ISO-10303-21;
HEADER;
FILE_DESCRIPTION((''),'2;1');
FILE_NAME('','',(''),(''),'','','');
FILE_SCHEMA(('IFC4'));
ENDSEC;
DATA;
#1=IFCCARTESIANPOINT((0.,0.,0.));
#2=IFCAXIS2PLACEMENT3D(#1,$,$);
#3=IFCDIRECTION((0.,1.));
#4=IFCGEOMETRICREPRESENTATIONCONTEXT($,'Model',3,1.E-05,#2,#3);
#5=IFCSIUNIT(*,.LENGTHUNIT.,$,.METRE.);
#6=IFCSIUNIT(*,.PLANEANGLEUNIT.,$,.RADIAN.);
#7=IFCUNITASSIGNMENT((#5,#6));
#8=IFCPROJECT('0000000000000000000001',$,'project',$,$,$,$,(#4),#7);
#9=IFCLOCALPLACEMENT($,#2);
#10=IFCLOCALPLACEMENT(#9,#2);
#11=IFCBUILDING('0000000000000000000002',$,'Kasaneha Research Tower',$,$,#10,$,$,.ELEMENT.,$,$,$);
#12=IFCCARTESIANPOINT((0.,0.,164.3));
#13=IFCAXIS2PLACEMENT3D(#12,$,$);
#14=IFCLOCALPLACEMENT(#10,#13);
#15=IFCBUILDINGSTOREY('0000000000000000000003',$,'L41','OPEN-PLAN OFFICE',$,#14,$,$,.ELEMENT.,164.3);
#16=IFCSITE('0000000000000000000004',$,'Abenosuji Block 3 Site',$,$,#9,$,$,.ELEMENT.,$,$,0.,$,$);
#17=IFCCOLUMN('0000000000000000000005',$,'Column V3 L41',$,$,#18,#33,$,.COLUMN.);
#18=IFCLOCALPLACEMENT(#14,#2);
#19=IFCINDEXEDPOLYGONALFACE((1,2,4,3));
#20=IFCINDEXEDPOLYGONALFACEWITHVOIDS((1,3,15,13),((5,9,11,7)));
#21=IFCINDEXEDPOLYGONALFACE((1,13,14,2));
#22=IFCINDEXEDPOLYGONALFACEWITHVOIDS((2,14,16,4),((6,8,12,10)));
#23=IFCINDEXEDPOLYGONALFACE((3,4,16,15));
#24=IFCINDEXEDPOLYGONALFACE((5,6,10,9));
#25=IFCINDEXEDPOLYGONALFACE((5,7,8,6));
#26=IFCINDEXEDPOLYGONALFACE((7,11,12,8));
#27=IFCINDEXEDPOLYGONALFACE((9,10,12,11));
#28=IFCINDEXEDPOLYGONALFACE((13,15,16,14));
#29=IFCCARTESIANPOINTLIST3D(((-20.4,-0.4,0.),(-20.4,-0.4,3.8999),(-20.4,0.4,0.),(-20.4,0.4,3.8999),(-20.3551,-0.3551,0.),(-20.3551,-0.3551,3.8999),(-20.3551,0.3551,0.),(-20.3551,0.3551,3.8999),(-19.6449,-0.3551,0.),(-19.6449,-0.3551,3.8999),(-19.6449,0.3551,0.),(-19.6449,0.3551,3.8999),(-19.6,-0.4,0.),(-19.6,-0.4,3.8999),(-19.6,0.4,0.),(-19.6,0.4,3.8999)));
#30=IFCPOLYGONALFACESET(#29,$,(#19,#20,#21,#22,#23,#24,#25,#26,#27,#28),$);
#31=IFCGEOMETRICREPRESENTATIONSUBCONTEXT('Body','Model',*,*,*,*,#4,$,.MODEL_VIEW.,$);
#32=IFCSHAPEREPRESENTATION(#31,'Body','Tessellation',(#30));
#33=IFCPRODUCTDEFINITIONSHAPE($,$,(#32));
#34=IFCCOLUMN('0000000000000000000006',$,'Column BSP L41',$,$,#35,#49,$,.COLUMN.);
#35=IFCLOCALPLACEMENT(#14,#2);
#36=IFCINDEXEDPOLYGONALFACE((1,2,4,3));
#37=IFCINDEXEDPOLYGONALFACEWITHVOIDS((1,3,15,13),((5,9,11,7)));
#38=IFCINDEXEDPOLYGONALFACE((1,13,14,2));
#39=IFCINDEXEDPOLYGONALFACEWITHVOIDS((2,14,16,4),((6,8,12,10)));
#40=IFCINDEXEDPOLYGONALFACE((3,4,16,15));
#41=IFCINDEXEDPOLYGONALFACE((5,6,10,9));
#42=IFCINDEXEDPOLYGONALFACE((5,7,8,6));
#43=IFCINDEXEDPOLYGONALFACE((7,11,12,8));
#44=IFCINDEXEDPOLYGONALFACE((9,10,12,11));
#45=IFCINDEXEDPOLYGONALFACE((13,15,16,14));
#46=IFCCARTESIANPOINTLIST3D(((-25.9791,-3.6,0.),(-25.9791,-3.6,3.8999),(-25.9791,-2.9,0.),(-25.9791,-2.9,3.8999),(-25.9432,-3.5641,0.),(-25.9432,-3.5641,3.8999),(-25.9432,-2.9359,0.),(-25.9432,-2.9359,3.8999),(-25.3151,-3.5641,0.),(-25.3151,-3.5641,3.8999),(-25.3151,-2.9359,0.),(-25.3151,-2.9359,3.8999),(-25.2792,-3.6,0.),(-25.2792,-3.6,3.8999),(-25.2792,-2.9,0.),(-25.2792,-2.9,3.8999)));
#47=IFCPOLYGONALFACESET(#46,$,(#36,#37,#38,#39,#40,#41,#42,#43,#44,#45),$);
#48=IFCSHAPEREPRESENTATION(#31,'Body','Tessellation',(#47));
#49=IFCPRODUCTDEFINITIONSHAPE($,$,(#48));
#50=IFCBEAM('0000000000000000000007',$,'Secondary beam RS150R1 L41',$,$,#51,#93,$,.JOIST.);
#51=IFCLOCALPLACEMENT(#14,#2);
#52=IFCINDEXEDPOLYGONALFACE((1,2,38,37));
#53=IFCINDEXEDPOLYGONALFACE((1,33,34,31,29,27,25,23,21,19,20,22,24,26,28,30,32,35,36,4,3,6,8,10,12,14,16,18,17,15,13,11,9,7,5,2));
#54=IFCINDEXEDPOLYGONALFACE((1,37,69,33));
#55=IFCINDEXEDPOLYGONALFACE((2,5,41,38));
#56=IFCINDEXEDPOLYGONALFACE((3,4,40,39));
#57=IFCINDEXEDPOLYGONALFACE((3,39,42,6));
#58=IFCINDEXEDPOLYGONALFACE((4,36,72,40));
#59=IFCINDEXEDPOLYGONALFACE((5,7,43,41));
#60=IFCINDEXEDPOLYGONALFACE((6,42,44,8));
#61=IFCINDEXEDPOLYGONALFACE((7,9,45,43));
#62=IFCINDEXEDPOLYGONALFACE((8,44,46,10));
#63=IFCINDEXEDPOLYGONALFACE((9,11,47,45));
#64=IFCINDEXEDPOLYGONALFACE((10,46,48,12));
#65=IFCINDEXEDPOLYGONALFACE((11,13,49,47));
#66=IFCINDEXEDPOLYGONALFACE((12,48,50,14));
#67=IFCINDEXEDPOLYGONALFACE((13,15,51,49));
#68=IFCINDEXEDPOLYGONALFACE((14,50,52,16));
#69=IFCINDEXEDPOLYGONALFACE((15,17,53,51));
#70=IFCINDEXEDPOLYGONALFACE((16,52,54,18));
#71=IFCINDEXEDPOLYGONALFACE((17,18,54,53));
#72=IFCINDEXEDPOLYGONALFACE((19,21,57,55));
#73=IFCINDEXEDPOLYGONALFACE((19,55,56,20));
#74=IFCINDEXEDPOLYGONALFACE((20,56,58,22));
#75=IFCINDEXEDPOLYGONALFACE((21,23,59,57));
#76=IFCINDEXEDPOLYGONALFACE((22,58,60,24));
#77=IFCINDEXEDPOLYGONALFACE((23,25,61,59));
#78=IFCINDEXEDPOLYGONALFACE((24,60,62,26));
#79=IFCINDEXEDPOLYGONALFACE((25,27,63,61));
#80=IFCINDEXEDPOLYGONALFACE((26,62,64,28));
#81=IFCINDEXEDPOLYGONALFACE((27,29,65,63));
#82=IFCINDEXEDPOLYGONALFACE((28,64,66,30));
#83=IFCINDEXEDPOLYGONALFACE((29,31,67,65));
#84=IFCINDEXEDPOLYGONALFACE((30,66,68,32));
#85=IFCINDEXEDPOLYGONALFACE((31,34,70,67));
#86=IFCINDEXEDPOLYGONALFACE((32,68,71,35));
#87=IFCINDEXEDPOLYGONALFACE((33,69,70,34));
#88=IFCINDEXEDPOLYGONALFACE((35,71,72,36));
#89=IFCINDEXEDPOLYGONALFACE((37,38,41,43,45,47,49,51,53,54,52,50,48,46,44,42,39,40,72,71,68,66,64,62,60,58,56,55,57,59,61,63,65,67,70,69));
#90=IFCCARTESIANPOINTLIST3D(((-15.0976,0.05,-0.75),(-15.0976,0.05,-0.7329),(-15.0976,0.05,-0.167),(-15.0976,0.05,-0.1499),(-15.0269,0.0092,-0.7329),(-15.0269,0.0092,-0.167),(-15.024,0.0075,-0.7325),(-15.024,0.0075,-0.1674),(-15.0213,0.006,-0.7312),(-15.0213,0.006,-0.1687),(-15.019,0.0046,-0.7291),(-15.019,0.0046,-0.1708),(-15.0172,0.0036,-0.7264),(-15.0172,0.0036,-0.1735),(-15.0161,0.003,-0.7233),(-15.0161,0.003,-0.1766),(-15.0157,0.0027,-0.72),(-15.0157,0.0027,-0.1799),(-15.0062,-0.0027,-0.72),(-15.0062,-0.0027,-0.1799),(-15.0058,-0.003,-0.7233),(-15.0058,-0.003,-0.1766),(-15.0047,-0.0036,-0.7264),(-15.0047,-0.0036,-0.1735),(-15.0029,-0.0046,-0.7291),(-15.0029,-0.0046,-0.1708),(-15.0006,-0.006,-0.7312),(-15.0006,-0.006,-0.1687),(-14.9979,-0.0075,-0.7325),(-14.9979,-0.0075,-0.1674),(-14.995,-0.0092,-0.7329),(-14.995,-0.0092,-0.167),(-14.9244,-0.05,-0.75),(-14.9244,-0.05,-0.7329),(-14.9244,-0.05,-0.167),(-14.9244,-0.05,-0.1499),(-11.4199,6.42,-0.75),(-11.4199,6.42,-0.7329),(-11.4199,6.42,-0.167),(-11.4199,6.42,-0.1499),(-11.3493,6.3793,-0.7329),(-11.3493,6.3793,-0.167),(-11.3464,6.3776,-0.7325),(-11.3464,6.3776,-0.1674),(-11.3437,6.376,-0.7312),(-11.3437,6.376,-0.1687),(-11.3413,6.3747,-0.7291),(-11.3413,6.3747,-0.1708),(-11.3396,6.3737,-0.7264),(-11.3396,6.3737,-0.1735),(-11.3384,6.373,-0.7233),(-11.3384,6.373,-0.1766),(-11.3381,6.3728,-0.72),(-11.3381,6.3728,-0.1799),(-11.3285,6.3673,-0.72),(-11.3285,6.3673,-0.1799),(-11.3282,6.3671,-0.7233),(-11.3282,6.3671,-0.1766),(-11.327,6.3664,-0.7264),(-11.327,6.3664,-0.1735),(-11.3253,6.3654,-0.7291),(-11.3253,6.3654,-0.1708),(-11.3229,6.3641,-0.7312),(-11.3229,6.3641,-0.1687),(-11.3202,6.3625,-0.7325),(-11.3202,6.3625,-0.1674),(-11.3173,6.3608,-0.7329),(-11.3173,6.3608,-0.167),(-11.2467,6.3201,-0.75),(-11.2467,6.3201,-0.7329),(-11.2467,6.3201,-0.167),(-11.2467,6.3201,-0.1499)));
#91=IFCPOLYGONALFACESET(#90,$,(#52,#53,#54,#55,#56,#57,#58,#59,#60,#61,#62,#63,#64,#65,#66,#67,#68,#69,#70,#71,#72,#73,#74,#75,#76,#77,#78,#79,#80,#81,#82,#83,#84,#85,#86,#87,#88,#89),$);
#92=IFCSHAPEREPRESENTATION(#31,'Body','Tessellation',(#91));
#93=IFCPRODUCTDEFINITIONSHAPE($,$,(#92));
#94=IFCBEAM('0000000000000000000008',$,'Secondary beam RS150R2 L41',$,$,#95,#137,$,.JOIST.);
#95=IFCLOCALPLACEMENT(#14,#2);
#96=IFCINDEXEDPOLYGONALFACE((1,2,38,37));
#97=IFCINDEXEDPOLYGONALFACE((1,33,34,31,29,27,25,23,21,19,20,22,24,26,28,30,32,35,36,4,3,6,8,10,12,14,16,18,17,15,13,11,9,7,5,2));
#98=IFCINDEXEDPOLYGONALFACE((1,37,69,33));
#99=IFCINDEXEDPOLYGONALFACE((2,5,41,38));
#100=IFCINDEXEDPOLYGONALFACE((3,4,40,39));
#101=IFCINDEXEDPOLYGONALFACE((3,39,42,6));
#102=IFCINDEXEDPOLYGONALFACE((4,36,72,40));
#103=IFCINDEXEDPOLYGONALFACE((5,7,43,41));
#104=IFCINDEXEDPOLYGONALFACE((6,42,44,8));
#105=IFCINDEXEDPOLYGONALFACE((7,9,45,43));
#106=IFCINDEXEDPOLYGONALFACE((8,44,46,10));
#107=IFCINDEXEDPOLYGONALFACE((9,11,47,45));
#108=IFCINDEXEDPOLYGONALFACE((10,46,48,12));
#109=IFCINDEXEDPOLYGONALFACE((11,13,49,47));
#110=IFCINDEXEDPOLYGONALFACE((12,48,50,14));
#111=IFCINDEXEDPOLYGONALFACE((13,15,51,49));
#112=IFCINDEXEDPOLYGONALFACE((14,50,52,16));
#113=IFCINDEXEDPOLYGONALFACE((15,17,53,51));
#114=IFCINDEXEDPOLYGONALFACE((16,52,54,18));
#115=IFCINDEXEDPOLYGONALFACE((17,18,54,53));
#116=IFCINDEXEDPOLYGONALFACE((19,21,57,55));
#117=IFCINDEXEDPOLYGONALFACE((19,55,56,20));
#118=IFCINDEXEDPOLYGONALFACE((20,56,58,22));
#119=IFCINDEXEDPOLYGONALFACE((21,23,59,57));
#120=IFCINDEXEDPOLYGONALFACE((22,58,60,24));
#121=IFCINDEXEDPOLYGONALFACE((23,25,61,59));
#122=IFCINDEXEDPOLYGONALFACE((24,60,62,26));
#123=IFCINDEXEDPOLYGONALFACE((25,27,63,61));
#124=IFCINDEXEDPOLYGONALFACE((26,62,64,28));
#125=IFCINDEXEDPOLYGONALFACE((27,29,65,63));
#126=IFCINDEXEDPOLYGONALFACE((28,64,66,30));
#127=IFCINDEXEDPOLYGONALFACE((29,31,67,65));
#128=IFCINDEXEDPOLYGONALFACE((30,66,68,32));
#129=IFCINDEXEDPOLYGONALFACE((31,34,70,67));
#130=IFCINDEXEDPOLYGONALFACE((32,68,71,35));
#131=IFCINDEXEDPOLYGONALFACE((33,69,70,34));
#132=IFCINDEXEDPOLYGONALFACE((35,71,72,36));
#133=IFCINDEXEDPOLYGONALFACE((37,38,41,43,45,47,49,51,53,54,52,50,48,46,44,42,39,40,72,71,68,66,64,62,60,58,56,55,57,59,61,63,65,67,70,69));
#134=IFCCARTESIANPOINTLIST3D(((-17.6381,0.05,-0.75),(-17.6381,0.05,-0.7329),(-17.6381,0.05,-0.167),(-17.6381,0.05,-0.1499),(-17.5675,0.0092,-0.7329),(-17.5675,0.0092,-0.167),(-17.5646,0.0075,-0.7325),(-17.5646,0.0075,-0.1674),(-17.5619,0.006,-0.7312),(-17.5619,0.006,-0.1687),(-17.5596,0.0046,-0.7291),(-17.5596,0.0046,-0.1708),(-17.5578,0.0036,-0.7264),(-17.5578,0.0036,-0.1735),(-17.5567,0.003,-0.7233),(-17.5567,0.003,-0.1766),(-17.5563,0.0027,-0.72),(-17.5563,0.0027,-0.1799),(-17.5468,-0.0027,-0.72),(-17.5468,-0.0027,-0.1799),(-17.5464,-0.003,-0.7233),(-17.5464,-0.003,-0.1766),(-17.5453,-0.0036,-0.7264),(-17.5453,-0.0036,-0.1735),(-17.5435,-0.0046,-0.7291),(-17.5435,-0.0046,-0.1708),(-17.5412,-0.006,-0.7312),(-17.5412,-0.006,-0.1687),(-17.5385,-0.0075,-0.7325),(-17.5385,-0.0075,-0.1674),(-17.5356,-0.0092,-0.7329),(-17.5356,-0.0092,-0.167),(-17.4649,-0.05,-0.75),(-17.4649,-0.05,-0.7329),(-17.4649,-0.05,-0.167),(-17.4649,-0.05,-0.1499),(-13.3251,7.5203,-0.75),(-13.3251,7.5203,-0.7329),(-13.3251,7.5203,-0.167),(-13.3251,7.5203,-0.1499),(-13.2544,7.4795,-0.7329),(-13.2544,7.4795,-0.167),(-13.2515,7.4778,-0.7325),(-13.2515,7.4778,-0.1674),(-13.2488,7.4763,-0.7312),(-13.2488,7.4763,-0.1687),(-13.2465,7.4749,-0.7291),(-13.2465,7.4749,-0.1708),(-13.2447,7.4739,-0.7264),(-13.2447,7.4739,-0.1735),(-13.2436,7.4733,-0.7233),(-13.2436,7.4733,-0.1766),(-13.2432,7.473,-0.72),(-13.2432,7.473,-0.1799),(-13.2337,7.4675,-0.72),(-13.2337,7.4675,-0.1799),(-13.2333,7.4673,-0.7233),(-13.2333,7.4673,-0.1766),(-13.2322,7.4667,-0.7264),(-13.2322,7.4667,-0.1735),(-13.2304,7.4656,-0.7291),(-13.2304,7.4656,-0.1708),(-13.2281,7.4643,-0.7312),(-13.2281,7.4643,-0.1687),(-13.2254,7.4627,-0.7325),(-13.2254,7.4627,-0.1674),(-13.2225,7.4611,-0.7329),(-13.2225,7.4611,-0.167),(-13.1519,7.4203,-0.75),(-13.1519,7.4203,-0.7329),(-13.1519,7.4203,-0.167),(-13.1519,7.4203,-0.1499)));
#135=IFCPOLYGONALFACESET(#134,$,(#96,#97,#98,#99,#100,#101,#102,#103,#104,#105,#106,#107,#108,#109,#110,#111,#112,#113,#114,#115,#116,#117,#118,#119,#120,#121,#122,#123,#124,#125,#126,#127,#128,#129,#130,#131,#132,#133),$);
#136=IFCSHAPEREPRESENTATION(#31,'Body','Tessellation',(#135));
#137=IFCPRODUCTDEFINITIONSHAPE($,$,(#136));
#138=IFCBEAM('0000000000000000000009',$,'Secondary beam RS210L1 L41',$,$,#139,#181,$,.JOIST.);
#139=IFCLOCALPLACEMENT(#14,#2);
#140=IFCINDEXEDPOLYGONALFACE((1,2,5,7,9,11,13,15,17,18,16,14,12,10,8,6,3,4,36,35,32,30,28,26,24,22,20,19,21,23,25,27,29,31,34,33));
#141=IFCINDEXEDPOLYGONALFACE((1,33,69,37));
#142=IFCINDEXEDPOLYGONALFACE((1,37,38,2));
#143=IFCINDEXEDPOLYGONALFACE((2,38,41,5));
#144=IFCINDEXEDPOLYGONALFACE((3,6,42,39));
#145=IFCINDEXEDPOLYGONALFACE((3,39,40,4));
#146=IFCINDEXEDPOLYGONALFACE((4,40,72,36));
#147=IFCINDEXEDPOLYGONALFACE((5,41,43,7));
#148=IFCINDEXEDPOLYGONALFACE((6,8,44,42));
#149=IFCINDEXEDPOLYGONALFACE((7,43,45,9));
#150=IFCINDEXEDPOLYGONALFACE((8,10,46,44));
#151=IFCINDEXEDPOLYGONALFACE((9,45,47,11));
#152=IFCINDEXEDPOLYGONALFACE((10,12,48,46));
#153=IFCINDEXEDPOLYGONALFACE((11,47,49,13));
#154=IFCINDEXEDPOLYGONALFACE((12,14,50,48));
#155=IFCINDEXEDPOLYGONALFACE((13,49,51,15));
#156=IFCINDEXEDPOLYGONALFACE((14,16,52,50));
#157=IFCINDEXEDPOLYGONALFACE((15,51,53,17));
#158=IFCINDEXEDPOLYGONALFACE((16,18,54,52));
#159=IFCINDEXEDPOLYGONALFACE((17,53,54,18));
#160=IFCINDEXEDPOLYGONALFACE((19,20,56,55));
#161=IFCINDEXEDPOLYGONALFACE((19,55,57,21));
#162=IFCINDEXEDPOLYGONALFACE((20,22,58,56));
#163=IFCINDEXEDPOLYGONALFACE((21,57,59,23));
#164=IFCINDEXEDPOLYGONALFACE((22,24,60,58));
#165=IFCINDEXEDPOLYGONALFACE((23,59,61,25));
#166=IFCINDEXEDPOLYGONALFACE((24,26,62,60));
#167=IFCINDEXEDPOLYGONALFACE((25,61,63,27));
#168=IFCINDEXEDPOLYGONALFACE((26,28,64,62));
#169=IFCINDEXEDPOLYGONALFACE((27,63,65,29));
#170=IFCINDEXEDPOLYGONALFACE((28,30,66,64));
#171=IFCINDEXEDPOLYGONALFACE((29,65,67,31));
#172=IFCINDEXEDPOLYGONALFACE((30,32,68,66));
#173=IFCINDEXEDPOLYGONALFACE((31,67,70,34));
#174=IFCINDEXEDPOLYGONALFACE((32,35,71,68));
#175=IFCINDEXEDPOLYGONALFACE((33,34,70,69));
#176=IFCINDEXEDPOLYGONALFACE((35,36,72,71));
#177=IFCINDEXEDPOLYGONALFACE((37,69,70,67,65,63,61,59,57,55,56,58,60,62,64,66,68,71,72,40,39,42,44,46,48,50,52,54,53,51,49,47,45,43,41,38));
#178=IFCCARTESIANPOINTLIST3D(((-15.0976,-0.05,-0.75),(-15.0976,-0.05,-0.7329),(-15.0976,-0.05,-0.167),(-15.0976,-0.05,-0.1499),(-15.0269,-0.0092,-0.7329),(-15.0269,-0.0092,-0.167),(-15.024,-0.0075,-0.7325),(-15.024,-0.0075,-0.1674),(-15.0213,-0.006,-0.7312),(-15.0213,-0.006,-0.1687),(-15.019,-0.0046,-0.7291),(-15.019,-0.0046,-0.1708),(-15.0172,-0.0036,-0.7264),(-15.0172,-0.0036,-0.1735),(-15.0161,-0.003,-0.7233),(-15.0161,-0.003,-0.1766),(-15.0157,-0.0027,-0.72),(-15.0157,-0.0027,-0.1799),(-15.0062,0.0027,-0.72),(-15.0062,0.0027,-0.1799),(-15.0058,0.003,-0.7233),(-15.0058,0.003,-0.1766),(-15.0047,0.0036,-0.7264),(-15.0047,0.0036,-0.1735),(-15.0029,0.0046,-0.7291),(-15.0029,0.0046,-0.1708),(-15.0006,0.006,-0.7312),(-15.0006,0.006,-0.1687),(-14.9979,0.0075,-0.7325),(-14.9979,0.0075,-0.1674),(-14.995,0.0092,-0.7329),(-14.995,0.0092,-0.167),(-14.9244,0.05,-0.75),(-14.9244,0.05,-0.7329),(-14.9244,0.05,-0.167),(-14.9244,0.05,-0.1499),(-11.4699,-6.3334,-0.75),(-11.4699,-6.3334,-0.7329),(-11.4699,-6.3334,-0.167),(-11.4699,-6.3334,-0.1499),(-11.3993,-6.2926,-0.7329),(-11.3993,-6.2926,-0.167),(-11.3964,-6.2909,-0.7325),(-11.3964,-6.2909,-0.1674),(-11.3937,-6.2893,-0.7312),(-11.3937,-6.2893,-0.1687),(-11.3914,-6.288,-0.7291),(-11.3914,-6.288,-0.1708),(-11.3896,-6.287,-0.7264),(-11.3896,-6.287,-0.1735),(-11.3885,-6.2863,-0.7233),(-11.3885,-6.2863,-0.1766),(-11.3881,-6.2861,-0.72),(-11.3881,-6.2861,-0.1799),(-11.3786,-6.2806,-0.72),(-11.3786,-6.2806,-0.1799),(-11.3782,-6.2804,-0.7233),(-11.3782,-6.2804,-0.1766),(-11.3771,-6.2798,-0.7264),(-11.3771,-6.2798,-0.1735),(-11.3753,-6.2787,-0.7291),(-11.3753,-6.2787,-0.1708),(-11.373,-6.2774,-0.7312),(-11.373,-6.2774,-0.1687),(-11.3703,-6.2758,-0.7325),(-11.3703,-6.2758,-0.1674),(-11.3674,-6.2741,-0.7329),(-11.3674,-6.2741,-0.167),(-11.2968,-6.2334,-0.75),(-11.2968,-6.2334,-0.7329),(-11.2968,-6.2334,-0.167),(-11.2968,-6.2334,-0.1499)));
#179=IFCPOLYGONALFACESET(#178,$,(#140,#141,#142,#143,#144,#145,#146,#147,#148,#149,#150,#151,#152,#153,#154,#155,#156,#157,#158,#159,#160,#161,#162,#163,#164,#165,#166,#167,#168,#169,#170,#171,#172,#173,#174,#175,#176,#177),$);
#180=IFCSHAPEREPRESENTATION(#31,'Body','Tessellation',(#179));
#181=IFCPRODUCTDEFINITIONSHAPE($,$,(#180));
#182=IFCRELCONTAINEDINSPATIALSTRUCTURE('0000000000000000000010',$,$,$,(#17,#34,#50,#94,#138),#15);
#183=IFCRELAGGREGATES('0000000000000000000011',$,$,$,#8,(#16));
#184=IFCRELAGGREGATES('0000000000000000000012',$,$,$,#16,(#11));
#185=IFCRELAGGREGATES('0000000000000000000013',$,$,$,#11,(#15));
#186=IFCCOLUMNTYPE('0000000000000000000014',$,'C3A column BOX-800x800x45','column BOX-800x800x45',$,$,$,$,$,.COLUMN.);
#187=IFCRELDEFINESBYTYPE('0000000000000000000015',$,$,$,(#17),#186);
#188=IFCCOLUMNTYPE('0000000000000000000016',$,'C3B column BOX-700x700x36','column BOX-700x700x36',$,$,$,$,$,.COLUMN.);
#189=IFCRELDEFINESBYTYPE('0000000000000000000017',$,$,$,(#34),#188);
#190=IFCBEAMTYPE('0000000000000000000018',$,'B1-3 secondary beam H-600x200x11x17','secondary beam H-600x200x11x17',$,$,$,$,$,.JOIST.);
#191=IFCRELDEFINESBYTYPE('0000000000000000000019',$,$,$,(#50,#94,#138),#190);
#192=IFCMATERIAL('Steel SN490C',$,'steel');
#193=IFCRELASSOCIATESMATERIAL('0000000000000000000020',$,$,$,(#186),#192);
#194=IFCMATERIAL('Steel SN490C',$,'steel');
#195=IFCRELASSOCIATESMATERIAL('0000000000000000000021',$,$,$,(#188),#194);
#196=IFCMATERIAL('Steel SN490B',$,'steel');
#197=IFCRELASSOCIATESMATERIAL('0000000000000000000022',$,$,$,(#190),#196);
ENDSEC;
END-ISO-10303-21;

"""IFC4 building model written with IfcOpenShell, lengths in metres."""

from ifc_helpers import new_model, si_unit, direction, frame, origin, origin_2d, place, context, subcontext, project, spatial, hollow_rectangle, i_section, extrude, material, material_profile, profile_set, type_object, element, save


model = new_model("IFC4")

# Units and contexts
model_context = context("Model", 3, precision=1e-05, world=origin(), true_north=direction((0.0, 1.0)))
body_context = subcontext(model_context, "Body", "Model", "MODEL_VIEW")
ifc_project = project(units=[si_unit("LENGTHUNIT", "METRE"), si_unit("PLANEANGLEUNIT", "RADIAN")], contexts=[model_context])

# Site, building, storey
site_placement = place(None, origin())
site = spatial("IfcSite", under=ifc_project, at=site_placement, Name="Abenosuji Block 3 Site", CompositionType="ELEMENT", RefElevation=0.0)
building_placement = place(site_placement, origin())
building = spatial("IfcBuilding", under=site, at=building_placement, Name="Kasaneha Research Tower", CompositionType="ELEMENT")
storey_placement = place(building_placement, frame((0.0, 0.0, 164.3)))
storey = spatial("IfcBuildingStorey", under=building, at=storey_placement, Name="L41", Description="OPEN-PLAN OFFICE", CompositionType="ELEMENT", Elevation=164.3)

# Columns
ifc_material_1 = material(Name="Steel SN490C", Category="steel")
ifc_material_profile_1 = material_profile(ifc_material_1, hollow_rectangle(XDim=0.8, YDim=0.8, WallThickness=0.0449, at=origin_2d()), Name="BOX-800x800x45")
ifc_profile_set_1 = profile_set([ifc_material_profile_1], Name="Steel SN490C")
column_type_1 = type_object("IfcColumnType", Name="C3A column BOX-800x800x45", Description="column BOX-800x800x45", PredefinedType="COLUMN", material=ifc_profile_set_1)
column_1_placement = place(storey_placement, frame((-20.0, 0.0, 0.0), z_axis=(0.0, 0.0, 1.0), x_axis=(1.0, 0.0, 0.0)))
element("IfcColumn", 1, at=column_1_placement, inside=storey, type_object=column_type_1, Name="Column V3 L41", PredefinedType="COLUMN", context=body_context, shape_type="SweptSolid", body=[
    extrude(hollow_rectangle(XDim=0.8, YDim=0.8, WallThickness=0.0449, at=origin_2d()), origin(), (0.0, 0.0, 1.0), 3.8999),
])
ifc_material_2 = material(Name="Steel SN490C", Category="steel")
ifc_material_profile_2 = material_profile(ifc_material_2, hollow_rectangle(XDim=0.7, YDim=0.7, WallThickness=0.0359, at=origin_2d()), Name="BOX-700x700x36")
ifc_profile_set_2 = profile_set([ifc_material_profile_2], Name="Steel SN490C")
column_type_2 = type_object("IfcColumnType", Name="C3B column BOX-700x700x36", Description="column BOX-700x700x36", PredefinedType="COLUMN", material=ifc_profile_set_2)
column_2_placement = place(storey_placement, frame((-25.6292, -3.25, 0.0), z_axis=(0.0, 0.0, 1.0), x_axis=(1.0, 0.0, 0.0)))
element("IfcColumn", 2, at=column_2_placement, inside=storey, type_object=column_type_2, Name="Column BSP L41", PredefinedType="COLUMN", context=body_context, shape_type="SweptSolid", body=[
    extrude(hollow_rectangle(XDim=0.7, YDim=0.7, WallThickness=0.0359, at=origin_2d()), origin(), (0.0, 0.0, 1.0), 3.8999),
])

# Beams
ifc_material_3 = material(Name="Steel SN490B", Category="steel")
ifc_material_profile_3 = material_profile(ifc_material_3, i_section(OverallWidth=0.2, OverallDepth=0.6001, WebThickness=0.011, FlangeThickness=0.0171, FilletRadius=0.0129, at=origin_2d()), Name="H-600x200x11x17")
ifc_profile_set_3 = profile_set([ifc_material_profile_3], Name="Steel SN490B")
beam_type_1 = type_object("IfcBeamType", Name="B1-3 secondary beam H-600x200x11x17", Description="secondary beam H-600x200x11x17", PredefinedType="JOIST", material=ifc_profile_set_3)
beam_1_placement = place(storey_placement, frame((-15.011, 0.0, -0.45), z_axis=(0.499994, 0.866029, 0.0), x_axis=(-0.866029, 0.499994, 0.0)))
element("IfcBeam", 3, at=beam_1_placement, inside=storey, type_object=beam_type_1, Name="Secondary beam RS150R1 L41", PredefinedType="JOIST", context=body_context, shape_type="SweptSolid", body=[
    extrude(i_section(OverallWidth=0.2, OverallDepth=0.6001, WebThickness=0.011, FlangeThickness=0.0171, FilletRadius=0.0129, at=origin_2d()), origin(), (0.0, 0.0, 1.0), 7.3555),
])
beam_2_placement = place(storey_placement, frame((-17.5515, 0.0, -0.45), z_axis=(0.500005, 0.866023, 0.0), x_axis=(-0.866023, 0.500005, 0.0)))
element("IfcBeam", 4, at=beam_2_placement, inside=storey, type_object=beam_type_1, Name="Secondary beam RS150R2 L41", PredefinedType="JOIST", context=body_context, shape_type="SweptSolid", body=[
    extrude(i_section(OverallWidth=0.2, OverallDepth=0.6001, WebThickness=0.011, FlangeThickness=0.0171, FilletRadius=0.0129, at=origin_2d()), origin(), (0.0, 0.0, 1.0), 8.626),
])
beam_3_placement = place(storey_placement, frame((-15.011, 0.0, -0.45), z_axis=(0.499993, -0.866029, 0.0), x_axis=(0.866029, 0.499993, 0.0)))
element("IfcBeam", 5, at=beam_3_placement, inside=storey, type_object=beam_type_1, Name="Secondary beam RS210L1 L41", PredefinedType="JOIST", context=body_context, shape_type="SweptSolid", body=[
    extrude(i_section(OverallWidth=0.2, OverallDepth=0.6001, WebThickness=0.011, FlangeThickness=0.0171, FilletRadius=0.0129, at=origin_2d()), origin(), (0.0, 0.0, 1.0), 7.2554),
])

save(model, "model.ifc")
